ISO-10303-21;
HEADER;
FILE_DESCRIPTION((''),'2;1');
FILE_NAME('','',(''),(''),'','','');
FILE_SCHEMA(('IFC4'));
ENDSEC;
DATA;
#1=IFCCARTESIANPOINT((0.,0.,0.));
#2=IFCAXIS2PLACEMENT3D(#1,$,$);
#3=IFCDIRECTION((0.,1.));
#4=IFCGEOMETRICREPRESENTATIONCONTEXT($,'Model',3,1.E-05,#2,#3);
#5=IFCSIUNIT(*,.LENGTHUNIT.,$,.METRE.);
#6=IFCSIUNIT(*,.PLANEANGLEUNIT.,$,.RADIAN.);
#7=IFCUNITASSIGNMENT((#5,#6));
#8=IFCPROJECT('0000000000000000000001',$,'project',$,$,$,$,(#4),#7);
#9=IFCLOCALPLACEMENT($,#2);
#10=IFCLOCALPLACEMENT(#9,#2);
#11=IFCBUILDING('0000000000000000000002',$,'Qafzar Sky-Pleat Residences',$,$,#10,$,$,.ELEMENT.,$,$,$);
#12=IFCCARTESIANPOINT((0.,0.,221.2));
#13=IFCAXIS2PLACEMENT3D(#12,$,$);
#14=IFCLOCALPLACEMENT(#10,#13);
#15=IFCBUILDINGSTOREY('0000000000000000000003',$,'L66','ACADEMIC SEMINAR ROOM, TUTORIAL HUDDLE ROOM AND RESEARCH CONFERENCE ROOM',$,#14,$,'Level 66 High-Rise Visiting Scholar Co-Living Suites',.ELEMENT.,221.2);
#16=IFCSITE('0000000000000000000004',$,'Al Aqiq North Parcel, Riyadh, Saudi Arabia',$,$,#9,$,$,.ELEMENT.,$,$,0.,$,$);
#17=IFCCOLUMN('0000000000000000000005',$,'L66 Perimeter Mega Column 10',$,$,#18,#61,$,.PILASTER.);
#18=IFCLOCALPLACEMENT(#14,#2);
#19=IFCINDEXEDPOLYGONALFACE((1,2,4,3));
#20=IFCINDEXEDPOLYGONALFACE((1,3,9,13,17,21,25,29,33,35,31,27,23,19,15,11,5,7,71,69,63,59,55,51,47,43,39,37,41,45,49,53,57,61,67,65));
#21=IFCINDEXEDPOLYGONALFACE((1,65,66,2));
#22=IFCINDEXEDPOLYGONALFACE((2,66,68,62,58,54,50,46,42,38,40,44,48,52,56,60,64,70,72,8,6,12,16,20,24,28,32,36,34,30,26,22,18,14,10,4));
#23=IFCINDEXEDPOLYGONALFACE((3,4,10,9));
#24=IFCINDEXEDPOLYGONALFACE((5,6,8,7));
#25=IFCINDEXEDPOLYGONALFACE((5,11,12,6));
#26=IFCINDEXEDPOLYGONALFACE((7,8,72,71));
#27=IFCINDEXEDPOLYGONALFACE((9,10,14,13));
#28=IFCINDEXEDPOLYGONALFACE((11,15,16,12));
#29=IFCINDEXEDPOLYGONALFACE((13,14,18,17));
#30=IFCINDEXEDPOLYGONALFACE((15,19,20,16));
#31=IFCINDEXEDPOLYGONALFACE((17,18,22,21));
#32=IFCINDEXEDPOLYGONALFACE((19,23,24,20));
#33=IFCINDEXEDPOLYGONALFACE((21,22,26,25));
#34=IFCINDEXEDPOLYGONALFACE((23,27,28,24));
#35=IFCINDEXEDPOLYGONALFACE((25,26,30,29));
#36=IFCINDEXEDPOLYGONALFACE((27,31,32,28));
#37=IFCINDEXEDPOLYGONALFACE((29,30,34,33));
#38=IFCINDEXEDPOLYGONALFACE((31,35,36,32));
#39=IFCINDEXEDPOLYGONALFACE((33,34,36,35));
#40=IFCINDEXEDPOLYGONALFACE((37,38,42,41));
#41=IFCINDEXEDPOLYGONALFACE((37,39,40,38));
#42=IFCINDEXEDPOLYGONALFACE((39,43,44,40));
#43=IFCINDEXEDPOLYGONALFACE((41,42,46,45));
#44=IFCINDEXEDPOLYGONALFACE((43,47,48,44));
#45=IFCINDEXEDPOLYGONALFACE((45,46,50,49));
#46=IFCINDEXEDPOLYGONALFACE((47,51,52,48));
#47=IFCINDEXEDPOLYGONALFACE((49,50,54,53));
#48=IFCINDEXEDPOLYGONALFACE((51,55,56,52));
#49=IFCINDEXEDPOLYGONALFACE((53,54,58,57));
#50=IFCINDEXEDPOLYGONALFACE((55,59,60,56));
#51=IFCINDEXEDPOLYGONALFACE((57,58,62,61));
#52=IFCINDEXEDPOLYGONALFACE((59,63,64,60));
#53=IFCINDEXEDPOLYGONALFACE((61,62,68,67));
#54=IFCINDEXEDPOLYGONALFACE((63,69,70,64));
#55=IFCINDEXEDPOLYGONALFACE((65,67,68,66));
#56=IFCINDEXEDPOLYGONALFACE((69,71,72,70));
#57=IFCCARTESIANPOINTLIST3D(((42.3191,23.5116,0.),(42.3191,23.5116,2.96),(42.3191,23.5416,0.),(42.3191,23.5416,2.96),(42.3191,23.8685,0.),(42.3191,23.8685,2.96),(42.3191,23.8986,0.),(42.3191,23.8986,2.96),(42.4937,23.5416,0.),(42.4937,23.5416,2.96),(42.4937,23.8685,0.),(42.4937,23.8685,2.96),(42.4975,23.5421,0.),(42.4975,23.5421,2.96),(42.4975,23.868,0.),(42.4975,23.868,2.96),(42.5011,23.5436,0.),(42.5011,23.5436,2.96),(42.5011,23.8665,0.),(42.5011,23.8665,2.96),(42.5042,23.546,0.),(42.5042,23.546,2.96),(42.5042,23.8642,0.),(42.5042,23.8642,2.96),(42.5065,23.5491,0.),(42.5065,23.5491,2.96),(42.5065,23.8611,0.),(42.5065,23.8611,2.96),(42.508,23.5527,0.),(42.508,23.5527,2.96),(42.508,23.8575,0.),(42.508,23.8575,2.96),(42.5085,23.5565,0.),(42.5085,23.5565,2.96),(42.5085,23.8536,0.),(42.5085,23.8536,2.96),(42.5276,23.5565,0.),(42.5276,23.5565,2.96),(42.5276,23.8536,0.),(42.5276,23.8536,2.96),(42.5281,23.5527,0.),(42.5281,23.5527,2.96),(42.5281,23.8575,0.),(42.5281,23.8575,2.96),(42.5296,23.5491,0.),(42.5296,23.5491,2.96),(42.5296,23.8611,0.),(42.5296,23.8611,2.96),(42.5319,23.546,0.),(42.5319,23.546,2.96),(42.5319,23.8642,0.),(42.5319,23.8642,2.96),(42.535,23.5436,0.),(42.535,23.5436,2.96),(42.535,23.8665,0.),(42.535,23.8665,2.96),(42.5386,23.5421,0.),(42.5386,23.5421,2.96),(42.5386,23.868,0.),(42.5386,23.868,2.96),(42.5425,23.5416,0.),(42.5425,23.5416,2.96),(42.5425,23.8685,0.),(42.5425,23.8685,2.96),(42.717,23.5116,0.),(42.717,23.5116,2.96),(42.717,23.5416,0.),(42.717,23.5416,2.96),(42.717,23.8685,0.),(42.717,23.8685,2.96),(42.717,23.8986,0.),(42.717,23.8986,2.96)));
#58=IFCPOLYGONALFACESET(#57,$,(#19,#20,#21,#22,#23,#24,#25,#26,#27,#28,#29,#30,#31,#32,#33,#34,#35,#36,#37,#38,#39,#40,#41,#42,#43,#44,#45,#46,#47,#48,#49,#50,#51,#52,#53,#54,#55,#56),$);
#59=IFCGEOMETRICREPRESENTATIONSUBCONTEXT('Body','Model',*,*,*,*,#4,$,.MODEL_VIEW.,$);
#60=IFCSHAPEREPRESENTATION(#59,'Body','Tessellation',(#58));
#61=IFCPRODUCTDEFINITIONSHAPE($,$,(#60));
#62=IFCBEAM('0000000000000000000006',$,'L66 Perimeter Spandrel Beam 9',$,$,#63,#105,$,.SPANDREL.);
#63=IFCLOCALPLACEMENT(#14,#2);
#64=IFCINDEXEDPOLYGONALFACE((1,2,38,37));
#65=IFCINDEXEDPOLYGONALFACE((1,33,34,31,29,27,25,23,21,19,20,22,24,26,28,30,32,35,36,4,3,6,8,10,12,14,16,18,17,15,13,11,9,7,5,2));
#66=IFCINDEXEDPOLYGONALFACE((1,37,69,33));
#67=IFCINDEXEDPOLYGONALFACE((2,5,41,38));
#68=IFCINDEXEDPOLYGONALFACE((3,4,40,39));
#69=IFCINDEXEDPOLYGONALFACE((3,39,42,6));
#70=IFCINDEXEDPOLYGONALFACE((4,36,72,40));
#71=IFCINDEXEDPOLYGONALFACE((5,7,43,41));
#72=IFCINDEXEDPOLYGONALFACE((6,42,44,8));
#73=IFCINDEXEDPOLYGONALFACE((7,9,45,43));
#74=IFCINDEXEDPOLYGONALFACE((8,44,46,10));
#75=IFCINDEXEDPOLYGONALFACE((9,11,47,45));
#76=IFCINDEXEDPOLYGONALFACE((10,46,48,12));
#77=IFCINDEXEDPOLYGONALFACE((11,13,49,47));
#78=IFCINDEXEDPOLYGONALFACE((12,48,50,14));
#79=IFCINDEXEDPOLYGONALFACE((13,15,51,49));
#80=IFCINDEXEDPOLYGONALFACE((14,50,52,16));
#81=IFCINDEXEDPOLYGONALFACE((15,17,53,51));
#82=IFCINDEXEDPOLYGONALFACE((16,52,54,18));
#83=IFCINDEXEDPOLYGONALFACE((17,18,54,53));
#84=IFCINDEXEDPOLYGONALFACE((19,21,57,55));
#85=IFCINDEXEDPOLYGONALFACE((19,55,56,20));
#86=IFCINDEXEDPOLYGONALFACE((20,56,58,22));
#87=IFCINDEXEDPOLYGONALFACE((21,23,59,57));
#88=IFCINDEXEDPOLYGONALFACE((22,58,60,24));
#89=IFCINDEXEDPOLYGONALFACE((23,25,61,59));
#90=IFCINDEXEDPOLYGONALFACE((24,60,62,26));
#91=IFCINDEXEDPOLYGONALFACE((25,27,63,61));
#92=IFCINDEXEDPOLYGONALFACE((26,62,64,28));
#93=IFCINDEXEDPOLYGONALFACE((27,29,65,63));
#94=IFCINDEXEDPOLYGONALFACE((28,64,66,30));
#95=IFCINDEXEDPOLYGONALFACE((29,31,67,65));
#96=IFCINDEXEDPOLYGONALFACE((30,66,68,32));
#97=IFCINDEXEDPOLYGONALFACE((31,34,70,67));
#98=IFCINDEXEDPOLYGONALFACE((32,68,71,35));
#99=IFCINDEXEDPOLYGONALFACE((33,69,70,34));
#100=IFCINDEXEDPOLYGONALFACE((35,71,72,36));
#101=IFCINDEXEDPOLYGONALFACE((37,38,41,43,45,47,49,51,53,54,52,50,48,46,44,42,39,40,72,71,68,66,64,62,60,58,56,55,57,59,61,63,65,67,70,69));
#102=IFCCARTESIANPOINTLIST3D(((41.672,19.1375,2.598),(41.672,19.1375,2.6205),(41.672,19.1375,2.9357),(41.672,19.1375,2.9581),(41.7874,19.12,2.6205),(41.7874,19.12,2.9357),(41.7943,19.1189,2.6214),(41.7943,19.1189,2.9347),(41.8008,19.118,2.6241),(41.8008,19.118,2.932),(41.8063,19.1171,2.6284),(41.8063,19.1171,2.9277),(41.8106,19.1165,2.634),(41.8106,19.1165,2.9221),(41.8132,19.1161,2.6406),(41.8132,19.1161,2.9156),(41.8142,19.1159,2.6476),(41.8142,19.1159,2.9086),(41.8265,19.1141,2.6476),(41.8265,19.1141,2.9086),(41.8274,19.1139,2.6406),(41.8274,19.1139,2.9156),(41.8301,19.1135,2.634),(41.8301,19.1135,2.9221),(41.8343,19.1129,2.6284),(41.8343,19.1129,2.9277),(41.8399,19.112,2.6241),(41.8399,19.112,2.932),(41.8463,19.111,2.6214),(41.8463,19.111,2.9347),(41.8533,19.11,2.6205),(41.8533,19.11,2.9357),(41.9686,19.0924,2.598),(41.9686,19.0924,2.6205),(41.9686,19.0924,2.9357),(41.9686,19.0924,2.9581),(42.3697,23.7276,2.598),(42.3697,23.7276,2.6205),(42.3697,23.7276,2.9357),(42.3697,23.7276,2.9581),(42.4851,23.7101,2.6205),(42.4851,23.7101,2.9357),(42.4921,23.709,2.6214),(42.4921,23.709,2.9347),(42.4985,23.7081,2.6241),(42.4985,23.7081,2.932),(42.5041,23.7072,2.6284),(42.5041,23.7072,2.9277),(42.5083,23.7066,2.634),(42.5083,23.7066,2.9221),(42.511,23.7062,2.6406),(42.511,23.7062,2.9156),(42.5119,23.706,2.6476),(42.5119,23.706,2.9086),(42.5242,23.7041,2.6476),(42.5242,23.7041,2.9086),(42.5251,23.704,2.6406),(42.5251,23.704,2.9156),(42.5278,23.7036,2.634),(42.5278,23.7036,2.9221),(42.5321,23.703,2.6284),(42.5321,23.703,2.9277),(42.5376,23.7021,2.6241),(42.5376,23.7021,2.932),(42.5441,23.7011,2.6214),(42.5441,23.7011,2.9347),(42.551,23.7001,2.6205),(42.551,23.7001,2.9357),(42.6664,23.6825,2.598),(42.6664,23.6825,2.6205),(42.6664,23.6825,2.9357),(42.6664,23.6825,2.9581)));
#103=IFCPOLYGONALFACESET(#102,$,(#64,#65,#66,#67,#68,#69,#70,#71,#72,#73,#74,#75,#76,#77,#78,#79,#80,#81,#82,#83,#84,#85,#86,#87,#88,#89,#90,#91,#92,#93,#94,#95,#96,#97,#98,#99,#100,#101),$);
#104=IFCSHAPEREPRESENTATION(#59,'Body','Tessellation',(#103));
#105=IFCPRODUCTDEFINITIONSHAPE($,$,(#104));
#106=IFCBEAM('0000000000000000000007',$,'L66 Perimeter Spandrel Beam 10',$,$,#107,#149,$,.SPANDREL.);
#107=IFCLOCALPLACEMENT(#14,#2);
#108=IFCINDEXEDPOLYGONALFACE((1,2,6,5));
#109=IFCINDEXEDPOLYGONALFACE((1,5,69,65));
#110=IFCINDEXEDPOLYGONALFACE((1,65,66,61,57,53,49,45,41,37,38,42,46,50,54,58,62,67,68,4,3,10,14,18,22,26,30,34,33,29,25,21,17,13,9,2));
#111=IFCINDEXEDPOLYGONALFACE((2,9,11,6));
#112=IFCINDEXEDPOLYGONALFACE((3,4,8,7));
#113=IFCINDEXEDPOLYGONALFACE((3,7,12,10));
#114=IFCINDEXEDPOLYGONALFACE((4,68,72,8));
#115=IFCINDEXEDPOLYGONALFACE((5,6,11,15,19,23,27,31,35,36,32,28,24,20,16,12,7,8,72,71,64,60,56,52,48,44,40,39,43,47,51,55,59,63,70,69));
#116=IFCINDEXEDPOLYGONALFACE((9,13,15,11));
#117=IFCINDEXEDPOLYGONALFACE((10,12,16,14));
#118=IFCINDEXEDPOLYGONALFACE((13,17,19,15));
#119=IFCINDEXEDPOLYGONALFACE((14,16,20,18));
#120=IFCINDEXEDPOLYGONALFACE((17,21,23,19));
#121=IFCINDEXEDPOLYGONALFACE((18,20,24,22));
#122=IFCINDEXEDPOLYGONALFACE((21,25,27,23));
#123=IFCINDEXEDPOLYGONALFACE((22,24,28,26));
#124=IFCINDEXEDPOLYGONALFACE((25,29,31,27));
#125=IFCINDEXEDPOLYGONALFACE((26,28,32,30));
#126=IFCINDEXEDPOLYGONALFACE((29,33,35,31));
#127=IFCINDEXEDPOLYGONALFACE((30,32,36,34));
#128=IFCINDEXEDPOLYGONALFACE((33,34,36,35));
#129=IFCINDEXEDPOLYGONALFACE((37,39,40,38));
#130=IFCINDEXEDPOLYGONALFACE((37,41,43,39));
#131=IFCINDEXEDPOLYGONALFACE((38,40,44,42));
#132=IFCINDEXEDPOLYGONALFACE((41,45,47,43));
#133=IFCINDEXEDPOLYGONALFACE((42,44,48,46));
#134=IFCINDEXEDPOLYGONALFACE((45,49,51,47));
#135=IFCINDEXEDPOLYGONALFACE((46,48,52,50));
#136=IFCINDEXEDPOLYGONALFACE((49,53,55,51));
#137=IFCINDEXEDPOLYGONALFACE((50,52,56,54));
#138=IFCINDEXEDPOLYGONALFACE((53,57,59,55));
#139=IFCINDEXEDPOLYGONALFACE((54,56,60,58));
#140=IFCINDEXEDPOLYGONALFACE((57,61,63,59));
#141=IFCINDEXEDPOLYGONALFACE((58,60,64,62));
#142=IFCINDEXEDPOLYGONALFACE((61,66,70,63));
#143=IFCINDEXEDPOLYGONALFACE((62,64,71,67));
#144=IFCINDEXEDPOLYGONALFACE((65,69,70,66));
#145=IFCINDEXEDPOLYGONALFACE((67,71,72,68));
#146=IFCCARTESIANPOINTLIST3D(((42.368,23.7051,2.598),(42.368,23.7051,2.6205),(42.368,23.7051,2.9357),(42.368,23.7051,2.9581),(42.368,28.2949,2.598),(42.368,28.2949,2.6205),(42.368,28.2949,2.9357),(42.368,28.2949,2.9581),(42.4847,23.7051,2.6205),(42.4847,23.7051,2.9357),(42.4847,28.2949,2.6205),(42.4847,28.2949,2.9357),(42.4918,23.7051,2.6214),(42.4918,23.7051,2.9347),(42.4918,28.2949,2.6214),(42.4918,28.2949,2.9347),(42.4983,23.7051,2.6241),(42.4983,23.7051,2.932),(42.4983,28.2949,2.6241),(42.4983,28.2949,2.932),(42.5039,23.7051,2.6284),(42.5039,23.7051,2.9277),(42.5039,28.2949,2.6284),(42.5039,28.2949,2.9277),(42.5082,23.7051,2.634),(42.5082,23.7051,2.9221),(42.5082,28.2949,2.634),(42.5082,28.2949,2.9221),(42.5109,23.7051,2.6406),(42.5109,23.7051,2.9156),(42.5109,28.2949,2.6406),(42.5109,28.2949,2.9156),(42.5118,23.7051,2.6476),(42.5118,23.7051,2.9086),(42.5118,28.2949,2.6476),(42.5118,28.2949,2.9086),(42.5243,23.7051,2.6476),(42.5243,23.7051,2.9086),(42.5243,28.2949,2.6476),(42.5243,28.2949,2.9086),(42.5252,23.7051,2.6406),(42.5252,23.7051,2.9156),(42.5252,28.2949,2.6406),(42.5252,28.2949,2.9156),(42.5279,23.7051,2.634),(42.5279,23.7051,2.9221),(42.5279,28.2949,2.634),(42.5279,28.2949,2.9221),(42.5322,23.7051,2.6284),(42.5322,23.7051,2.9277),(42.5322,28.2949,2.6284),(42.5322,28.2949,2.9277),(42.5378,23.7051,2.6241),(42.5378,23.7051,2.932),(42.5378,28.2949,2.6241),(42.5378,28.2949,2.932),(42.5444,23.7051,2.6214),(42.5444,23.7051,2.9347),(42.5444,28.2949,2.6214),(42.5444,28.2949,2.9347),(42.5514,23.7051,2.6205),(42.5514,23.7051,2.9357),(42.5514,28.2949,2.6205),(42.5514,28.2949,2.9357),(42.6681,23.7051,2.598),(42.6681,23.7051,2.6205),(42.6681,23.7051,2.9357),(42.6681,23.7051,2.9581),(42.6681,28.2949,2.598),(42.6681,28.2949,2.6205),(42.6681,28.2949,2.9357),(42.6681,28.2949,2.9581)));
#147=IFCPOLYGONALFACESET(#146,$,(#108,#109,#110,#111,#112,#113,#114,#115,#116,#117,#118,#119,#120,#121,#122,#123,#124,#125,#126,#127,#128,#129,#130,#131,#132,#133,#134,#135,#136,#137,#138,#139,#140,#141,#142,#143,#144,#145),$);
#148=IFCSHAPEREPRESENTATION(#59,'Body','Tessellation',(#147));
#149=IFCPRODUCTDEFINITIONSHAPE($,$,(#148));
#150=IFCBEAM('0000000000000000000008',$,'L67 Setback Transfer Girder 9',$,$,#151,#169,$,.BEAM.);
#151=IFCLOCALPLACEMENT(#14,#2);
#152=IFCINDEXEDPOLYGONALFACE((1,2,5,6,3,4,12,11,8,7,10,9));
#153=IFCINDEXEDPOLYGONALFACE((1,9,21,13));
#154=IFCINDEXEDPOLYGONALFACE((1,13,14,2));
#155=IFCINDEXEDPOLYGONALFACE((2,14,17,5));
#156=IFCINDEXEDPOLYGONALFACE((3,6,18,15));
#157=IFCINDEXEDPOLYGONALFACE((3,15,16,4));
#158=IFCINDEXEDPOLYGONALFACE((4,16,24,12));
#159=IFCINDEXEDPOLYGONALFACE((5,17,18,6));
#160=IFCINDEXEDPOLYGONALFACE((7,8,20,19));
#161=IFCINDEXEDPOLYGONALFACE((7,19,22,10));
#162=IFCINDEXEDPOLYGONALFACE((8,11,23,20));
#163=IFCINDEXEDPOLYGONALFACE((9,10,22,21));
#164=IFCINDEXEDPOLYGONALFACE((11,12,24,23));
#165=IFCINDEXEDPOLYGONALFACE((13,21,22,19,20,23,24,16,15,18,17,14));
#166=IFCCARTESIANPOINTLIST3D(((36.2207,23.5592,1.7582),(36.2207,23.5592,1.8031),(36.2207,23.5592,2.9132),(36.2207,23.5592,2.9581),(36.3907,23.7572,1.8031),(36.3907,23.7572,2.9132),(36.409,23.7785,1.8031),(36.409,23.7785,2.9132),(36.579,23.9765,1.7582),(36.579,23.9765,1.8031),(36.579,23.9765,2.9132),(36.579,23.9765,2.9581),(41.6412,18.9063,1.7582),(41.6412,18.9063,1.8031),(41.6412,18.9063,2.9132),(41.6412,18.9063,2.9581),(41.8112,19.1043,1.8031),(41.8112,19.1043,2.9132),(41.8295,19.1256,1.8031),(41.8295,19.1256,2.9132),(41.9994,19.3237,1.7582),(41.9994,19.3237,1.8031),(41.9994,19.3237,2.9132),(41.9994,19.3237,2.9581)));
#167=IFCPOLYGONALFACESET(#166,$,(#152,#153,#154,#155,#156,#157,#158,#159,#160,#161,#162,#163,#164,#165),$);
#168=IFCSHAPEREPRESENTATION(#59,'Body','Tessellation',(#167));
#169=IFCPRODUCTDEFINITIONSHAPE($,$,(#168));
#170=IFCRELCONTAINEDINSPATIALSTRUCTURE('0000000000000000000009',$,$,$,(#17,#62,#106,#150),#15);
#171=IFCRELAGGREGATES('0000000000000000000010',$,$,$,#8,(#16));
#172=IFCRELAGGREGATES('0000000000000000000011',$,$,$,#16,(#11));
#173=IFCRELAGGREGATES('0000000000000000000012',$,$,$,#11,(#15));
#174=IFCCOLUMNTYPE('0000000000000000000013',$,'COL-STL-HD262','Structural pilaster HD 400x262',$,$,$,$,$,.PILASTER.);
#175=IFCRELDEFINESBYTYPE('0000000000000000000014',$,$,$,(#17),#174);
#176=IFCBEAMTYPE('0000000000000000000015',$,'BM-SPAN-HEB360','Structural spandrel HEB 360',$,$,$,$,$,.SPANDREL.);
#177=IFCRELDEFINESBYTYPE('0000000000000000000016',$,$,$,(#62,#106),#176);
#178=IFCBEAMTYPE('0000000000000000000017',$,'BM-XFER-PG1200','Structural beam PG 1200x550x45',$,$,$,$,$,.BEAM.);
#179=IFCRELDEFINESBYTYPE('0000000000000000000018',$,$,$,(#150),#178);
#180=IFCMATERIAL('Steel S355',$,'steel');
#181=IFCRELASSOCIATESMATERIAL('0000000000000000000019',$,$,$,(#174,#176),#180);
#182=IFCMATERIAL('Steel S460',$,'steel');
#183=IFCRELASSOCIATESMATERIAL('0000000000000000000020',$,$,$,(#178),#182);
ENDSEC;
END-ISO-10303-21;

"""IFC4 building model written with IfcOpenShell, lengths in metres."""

from ifc_helpers import new_model, si_unit, direction, frame, origin, origin_2d, place, context, subcontext, project, spatial, i_section, extrude, source, transform, mapped, material, material_profile, profile_set, type_object, element, save


model = new_model("IFC4")

# Units and contexts
model_context = context("Model", 3, precision=1e-05, world=origin(), true_north=direction((0.0, 1.0)))
body_context = subcontext(model_context, "Body", "Model", "MODEL_VIEW")
ifc_project = project(units=[si_unit("LENGTHUNIT", "METRE"), si_unit("PLANEANGLEUNIT", "RADIAN")], contexts=[model_context])

# Site, building, storey
site_placement = place(None, origin())
site = spatial("IfcSite", under=ifc_project, at=site_placement, Name="Al Aqiq North Parcel, Riyadh, Saudi Arabia", CompositionType="ELEMENT", RefElevation=0.0)
building_placement = place(site_placement, origin())
building = spatial("IfcBuilding", under=site, at=building_placement, Name="Qafzar Sky-Pleat Residences", CompositionType="ELEMENT")
storey_placement = place(building_placement, frame((0.0, 0.0, 221.2)))
storey = spatial("IfcBuildingStorey", under=building, at=storey_placement, Name="L66", Description="ACADEMIC SEMINAR ROOM, TUTORIAL HUDDLE ROOM AND RESEARCH CONFERENCE ROOM", LongName="Level 66 High-Rise Visiting Scholar Co-Living Suites", CompositionType="ELEMENT", Elevation=221.2)

# Column
ifc_material_1 = material(Name="Steel S355", Category="steel")
ifc_material_profile_1 = material_profile(ifc_material_1, i_section(OverallWidth=0.3979, OverallDepth=0.387, WebThickness=0.019, FlangeThickness=0.03, FilletRadius=0.0149, at=origin_2d()), Name="HD 400x262")
ifc_profile_set_1 = profile_set([ifc_material_profile_1], Name="Steel S355")
column_type = type_object("IfcColumnType", Name="COL-STL-HD262", Description="Structural pilaster HD 400x262", PredefinedType="PILASTER", material=ifc_profile_set_1)
shared_shape_1 = source(origin(), body_context, "Body", "SweptSolid", [
    extrude(i_section(OverallWidth=0.3979, OverallDepth=0.387, WebThickness=0.019, FlangeThickness=0.03, FilletRadius=0.0149, at=origin_2d()), origin(), (0.0, 0.0, 1.0), 2.96),
])
column_placement = place(storey_placement, frame((42.5181, 23.7051, 0.0), z_axis=(0.0, 0.0, 1.0), x_axis=(1.0, 0.0, 0.0)))
element("IfcColumn", 1, at=column_placement, inside=storey, type_object=column_type, Name="L66 Perimeter Mega Column 10", PredefinedType="PILASTER", context=body_context, shape_type="MappedRepresentation", body=[
    mapped(shared_shape_1, transform((0.0, 0.0, 0.0), x_axis=(1.0, 0.0, 0.0), y_axis=(0.0, 1.0, 0.0), z_axis=(0.0, 0.0, 1.0), scale=1.0)),
])

# Beams
ifc_material_profile_2 = material_profile(ifc_material_1, i_section(OverallWidth=0.3, OverallDepth=0.3601, WebThickness=0.0125, FlangeThickness=0.0225, FilletRadius=0.0271, at=origin_2d()), Name="HEB 360")
ifc_profile_set_2 = profile_set([ifc_material_profile_2], Name="Steel S355")
beam_type_1 = type_object("IfcBeamType", Name="BM-SPAN-HEB360", Description="Structural spandrel HEB 360", PredefinedType="SPANDREL", material=ifc_profile_set_2)
shared_shape_2 = source(origin(), body_context, "Body", "SweptSolid", [
    extrude(i_section(OverallWidth=0.3, OverallDepth=0.3601, WebThickness=0.0125, FlangeThickness=0.0225, FilletRadius=0.0271, at=origin_2d()), origin(), (0.0, 0.0, 1.0), 4.6428),
])
beam_1_placement = place(storey_placement, frame((41.8203, 19.115, 2.7781), z_axis=(0.150287, 0.988642, 0.0), x_axis=(-0.988642, 0.150287, 0.0)))
element("IfcBeam", 2, at=beam_1_placement, inside=storey, type_object=beam_type_1, Name="L66 Perimeter Spandrel Beam 9", PredefinedType="SPANDREL", context=body_context, shape_type="MappedRepresentation", body=[
    mapped(shared_shape_2, transform((0.0, 0.0, 0.0), x_axis=(1.0, 0.0, 0.0), y_axis=(0.0, 1.0, 0.0), z_axis=(0.0, 0.0, 1.0), scale=1.0)),
])
shared_shape_3 = source(origin(), body_context, "Body", "SweptSolid", [
    extrude(i_section(OverallWidth=0.3, OverallDepth=0.3601, WebThickness=0.0125, FlangeThickness=0.0225, FilletRadius=0.0271, at=origin_2d()), origin(), (0.0, 0.0, 1.0), 4.5898),
])
beam_2_placement = place(storey_placement, frame((42.5181, 23.7051, 2.7781), z_axis=(0.0, 1.0, 0.0), x_axis=(-1.0, 0.0, 0.0)))
element("IfcBeam", 3, at=beam_2_placement, inside=storey, type_object=beam_type_1, Name="L66 Perimeter Spandrel Beam 10", PredefinedType="SPANDREL", context=body_context, shape_type="MappedRepresentation", body=[
    mapped(shared_shape_3, transform((0.0, 0.0, 0.0), x_axis=(1.0, 0.0, 0.0), y_axis=(0.0, 1.0, 0.0), z_axis=(0.0, 0.0, 1.0), scale=1.0)),
])
ifc_material_2 = material(Name="Steel S460", Category="steel")
ifc_material_profile_3 = material_profile(ifc_material_2, i_section(OverallWidth=0.55, OverallDepth=1.2, WebThickness=0.0281, FlangeThickness=0.0449, at=origin_2d()), Name="PG 1200x550x45")
ifc_profile_set_3 = profile_set([ifc_material_profile_3], Name="Steel S460")
beam_type_2 = type_object("IfcBeamType", Name="BM-XFER-PG1200", Description="Structural beam PG 1200x550x45", PredefinedType="BEAM", material=ifc_profile_set_3)
shared_shape_4 = source(origin(), body_context, "Body", "SweptSolid", [
    extrude(i_section(OverallWidth=0.55, OverallDepth=1.2, WebThickness=0.0281, FlangeThickness=0.0449, at=origin_2d()), origin(), (0.0, 0.0, 1.0), 7.1436),
])
beam_3_placement = place(storey_placement, frame((41.8203, 19.115, 2.3582), z_axis=(-0.758788, 0.651337, 0.0), x_axis=(-0.651337, -0.758788, 0.0)))
element("IfcBeam", 4, at=beam_3_placement, inside=storey, type_object=beam_type_2, Name="L67 Setback Transfer Girder 9", PredefinedType="BEAM", context=body_context, shape_type="MappedRepresentation", body=[
    mapped(shared_shape_4, transform((0.0, 0.0, 0.0), x_axis=(1.0, 0.0, 0.0), y_axis=(0.0, 1.0, 0.0), z_axis=(0.0, 0.0, 1.0), scale=1.0)),
])

save(model, "model.ifc")
